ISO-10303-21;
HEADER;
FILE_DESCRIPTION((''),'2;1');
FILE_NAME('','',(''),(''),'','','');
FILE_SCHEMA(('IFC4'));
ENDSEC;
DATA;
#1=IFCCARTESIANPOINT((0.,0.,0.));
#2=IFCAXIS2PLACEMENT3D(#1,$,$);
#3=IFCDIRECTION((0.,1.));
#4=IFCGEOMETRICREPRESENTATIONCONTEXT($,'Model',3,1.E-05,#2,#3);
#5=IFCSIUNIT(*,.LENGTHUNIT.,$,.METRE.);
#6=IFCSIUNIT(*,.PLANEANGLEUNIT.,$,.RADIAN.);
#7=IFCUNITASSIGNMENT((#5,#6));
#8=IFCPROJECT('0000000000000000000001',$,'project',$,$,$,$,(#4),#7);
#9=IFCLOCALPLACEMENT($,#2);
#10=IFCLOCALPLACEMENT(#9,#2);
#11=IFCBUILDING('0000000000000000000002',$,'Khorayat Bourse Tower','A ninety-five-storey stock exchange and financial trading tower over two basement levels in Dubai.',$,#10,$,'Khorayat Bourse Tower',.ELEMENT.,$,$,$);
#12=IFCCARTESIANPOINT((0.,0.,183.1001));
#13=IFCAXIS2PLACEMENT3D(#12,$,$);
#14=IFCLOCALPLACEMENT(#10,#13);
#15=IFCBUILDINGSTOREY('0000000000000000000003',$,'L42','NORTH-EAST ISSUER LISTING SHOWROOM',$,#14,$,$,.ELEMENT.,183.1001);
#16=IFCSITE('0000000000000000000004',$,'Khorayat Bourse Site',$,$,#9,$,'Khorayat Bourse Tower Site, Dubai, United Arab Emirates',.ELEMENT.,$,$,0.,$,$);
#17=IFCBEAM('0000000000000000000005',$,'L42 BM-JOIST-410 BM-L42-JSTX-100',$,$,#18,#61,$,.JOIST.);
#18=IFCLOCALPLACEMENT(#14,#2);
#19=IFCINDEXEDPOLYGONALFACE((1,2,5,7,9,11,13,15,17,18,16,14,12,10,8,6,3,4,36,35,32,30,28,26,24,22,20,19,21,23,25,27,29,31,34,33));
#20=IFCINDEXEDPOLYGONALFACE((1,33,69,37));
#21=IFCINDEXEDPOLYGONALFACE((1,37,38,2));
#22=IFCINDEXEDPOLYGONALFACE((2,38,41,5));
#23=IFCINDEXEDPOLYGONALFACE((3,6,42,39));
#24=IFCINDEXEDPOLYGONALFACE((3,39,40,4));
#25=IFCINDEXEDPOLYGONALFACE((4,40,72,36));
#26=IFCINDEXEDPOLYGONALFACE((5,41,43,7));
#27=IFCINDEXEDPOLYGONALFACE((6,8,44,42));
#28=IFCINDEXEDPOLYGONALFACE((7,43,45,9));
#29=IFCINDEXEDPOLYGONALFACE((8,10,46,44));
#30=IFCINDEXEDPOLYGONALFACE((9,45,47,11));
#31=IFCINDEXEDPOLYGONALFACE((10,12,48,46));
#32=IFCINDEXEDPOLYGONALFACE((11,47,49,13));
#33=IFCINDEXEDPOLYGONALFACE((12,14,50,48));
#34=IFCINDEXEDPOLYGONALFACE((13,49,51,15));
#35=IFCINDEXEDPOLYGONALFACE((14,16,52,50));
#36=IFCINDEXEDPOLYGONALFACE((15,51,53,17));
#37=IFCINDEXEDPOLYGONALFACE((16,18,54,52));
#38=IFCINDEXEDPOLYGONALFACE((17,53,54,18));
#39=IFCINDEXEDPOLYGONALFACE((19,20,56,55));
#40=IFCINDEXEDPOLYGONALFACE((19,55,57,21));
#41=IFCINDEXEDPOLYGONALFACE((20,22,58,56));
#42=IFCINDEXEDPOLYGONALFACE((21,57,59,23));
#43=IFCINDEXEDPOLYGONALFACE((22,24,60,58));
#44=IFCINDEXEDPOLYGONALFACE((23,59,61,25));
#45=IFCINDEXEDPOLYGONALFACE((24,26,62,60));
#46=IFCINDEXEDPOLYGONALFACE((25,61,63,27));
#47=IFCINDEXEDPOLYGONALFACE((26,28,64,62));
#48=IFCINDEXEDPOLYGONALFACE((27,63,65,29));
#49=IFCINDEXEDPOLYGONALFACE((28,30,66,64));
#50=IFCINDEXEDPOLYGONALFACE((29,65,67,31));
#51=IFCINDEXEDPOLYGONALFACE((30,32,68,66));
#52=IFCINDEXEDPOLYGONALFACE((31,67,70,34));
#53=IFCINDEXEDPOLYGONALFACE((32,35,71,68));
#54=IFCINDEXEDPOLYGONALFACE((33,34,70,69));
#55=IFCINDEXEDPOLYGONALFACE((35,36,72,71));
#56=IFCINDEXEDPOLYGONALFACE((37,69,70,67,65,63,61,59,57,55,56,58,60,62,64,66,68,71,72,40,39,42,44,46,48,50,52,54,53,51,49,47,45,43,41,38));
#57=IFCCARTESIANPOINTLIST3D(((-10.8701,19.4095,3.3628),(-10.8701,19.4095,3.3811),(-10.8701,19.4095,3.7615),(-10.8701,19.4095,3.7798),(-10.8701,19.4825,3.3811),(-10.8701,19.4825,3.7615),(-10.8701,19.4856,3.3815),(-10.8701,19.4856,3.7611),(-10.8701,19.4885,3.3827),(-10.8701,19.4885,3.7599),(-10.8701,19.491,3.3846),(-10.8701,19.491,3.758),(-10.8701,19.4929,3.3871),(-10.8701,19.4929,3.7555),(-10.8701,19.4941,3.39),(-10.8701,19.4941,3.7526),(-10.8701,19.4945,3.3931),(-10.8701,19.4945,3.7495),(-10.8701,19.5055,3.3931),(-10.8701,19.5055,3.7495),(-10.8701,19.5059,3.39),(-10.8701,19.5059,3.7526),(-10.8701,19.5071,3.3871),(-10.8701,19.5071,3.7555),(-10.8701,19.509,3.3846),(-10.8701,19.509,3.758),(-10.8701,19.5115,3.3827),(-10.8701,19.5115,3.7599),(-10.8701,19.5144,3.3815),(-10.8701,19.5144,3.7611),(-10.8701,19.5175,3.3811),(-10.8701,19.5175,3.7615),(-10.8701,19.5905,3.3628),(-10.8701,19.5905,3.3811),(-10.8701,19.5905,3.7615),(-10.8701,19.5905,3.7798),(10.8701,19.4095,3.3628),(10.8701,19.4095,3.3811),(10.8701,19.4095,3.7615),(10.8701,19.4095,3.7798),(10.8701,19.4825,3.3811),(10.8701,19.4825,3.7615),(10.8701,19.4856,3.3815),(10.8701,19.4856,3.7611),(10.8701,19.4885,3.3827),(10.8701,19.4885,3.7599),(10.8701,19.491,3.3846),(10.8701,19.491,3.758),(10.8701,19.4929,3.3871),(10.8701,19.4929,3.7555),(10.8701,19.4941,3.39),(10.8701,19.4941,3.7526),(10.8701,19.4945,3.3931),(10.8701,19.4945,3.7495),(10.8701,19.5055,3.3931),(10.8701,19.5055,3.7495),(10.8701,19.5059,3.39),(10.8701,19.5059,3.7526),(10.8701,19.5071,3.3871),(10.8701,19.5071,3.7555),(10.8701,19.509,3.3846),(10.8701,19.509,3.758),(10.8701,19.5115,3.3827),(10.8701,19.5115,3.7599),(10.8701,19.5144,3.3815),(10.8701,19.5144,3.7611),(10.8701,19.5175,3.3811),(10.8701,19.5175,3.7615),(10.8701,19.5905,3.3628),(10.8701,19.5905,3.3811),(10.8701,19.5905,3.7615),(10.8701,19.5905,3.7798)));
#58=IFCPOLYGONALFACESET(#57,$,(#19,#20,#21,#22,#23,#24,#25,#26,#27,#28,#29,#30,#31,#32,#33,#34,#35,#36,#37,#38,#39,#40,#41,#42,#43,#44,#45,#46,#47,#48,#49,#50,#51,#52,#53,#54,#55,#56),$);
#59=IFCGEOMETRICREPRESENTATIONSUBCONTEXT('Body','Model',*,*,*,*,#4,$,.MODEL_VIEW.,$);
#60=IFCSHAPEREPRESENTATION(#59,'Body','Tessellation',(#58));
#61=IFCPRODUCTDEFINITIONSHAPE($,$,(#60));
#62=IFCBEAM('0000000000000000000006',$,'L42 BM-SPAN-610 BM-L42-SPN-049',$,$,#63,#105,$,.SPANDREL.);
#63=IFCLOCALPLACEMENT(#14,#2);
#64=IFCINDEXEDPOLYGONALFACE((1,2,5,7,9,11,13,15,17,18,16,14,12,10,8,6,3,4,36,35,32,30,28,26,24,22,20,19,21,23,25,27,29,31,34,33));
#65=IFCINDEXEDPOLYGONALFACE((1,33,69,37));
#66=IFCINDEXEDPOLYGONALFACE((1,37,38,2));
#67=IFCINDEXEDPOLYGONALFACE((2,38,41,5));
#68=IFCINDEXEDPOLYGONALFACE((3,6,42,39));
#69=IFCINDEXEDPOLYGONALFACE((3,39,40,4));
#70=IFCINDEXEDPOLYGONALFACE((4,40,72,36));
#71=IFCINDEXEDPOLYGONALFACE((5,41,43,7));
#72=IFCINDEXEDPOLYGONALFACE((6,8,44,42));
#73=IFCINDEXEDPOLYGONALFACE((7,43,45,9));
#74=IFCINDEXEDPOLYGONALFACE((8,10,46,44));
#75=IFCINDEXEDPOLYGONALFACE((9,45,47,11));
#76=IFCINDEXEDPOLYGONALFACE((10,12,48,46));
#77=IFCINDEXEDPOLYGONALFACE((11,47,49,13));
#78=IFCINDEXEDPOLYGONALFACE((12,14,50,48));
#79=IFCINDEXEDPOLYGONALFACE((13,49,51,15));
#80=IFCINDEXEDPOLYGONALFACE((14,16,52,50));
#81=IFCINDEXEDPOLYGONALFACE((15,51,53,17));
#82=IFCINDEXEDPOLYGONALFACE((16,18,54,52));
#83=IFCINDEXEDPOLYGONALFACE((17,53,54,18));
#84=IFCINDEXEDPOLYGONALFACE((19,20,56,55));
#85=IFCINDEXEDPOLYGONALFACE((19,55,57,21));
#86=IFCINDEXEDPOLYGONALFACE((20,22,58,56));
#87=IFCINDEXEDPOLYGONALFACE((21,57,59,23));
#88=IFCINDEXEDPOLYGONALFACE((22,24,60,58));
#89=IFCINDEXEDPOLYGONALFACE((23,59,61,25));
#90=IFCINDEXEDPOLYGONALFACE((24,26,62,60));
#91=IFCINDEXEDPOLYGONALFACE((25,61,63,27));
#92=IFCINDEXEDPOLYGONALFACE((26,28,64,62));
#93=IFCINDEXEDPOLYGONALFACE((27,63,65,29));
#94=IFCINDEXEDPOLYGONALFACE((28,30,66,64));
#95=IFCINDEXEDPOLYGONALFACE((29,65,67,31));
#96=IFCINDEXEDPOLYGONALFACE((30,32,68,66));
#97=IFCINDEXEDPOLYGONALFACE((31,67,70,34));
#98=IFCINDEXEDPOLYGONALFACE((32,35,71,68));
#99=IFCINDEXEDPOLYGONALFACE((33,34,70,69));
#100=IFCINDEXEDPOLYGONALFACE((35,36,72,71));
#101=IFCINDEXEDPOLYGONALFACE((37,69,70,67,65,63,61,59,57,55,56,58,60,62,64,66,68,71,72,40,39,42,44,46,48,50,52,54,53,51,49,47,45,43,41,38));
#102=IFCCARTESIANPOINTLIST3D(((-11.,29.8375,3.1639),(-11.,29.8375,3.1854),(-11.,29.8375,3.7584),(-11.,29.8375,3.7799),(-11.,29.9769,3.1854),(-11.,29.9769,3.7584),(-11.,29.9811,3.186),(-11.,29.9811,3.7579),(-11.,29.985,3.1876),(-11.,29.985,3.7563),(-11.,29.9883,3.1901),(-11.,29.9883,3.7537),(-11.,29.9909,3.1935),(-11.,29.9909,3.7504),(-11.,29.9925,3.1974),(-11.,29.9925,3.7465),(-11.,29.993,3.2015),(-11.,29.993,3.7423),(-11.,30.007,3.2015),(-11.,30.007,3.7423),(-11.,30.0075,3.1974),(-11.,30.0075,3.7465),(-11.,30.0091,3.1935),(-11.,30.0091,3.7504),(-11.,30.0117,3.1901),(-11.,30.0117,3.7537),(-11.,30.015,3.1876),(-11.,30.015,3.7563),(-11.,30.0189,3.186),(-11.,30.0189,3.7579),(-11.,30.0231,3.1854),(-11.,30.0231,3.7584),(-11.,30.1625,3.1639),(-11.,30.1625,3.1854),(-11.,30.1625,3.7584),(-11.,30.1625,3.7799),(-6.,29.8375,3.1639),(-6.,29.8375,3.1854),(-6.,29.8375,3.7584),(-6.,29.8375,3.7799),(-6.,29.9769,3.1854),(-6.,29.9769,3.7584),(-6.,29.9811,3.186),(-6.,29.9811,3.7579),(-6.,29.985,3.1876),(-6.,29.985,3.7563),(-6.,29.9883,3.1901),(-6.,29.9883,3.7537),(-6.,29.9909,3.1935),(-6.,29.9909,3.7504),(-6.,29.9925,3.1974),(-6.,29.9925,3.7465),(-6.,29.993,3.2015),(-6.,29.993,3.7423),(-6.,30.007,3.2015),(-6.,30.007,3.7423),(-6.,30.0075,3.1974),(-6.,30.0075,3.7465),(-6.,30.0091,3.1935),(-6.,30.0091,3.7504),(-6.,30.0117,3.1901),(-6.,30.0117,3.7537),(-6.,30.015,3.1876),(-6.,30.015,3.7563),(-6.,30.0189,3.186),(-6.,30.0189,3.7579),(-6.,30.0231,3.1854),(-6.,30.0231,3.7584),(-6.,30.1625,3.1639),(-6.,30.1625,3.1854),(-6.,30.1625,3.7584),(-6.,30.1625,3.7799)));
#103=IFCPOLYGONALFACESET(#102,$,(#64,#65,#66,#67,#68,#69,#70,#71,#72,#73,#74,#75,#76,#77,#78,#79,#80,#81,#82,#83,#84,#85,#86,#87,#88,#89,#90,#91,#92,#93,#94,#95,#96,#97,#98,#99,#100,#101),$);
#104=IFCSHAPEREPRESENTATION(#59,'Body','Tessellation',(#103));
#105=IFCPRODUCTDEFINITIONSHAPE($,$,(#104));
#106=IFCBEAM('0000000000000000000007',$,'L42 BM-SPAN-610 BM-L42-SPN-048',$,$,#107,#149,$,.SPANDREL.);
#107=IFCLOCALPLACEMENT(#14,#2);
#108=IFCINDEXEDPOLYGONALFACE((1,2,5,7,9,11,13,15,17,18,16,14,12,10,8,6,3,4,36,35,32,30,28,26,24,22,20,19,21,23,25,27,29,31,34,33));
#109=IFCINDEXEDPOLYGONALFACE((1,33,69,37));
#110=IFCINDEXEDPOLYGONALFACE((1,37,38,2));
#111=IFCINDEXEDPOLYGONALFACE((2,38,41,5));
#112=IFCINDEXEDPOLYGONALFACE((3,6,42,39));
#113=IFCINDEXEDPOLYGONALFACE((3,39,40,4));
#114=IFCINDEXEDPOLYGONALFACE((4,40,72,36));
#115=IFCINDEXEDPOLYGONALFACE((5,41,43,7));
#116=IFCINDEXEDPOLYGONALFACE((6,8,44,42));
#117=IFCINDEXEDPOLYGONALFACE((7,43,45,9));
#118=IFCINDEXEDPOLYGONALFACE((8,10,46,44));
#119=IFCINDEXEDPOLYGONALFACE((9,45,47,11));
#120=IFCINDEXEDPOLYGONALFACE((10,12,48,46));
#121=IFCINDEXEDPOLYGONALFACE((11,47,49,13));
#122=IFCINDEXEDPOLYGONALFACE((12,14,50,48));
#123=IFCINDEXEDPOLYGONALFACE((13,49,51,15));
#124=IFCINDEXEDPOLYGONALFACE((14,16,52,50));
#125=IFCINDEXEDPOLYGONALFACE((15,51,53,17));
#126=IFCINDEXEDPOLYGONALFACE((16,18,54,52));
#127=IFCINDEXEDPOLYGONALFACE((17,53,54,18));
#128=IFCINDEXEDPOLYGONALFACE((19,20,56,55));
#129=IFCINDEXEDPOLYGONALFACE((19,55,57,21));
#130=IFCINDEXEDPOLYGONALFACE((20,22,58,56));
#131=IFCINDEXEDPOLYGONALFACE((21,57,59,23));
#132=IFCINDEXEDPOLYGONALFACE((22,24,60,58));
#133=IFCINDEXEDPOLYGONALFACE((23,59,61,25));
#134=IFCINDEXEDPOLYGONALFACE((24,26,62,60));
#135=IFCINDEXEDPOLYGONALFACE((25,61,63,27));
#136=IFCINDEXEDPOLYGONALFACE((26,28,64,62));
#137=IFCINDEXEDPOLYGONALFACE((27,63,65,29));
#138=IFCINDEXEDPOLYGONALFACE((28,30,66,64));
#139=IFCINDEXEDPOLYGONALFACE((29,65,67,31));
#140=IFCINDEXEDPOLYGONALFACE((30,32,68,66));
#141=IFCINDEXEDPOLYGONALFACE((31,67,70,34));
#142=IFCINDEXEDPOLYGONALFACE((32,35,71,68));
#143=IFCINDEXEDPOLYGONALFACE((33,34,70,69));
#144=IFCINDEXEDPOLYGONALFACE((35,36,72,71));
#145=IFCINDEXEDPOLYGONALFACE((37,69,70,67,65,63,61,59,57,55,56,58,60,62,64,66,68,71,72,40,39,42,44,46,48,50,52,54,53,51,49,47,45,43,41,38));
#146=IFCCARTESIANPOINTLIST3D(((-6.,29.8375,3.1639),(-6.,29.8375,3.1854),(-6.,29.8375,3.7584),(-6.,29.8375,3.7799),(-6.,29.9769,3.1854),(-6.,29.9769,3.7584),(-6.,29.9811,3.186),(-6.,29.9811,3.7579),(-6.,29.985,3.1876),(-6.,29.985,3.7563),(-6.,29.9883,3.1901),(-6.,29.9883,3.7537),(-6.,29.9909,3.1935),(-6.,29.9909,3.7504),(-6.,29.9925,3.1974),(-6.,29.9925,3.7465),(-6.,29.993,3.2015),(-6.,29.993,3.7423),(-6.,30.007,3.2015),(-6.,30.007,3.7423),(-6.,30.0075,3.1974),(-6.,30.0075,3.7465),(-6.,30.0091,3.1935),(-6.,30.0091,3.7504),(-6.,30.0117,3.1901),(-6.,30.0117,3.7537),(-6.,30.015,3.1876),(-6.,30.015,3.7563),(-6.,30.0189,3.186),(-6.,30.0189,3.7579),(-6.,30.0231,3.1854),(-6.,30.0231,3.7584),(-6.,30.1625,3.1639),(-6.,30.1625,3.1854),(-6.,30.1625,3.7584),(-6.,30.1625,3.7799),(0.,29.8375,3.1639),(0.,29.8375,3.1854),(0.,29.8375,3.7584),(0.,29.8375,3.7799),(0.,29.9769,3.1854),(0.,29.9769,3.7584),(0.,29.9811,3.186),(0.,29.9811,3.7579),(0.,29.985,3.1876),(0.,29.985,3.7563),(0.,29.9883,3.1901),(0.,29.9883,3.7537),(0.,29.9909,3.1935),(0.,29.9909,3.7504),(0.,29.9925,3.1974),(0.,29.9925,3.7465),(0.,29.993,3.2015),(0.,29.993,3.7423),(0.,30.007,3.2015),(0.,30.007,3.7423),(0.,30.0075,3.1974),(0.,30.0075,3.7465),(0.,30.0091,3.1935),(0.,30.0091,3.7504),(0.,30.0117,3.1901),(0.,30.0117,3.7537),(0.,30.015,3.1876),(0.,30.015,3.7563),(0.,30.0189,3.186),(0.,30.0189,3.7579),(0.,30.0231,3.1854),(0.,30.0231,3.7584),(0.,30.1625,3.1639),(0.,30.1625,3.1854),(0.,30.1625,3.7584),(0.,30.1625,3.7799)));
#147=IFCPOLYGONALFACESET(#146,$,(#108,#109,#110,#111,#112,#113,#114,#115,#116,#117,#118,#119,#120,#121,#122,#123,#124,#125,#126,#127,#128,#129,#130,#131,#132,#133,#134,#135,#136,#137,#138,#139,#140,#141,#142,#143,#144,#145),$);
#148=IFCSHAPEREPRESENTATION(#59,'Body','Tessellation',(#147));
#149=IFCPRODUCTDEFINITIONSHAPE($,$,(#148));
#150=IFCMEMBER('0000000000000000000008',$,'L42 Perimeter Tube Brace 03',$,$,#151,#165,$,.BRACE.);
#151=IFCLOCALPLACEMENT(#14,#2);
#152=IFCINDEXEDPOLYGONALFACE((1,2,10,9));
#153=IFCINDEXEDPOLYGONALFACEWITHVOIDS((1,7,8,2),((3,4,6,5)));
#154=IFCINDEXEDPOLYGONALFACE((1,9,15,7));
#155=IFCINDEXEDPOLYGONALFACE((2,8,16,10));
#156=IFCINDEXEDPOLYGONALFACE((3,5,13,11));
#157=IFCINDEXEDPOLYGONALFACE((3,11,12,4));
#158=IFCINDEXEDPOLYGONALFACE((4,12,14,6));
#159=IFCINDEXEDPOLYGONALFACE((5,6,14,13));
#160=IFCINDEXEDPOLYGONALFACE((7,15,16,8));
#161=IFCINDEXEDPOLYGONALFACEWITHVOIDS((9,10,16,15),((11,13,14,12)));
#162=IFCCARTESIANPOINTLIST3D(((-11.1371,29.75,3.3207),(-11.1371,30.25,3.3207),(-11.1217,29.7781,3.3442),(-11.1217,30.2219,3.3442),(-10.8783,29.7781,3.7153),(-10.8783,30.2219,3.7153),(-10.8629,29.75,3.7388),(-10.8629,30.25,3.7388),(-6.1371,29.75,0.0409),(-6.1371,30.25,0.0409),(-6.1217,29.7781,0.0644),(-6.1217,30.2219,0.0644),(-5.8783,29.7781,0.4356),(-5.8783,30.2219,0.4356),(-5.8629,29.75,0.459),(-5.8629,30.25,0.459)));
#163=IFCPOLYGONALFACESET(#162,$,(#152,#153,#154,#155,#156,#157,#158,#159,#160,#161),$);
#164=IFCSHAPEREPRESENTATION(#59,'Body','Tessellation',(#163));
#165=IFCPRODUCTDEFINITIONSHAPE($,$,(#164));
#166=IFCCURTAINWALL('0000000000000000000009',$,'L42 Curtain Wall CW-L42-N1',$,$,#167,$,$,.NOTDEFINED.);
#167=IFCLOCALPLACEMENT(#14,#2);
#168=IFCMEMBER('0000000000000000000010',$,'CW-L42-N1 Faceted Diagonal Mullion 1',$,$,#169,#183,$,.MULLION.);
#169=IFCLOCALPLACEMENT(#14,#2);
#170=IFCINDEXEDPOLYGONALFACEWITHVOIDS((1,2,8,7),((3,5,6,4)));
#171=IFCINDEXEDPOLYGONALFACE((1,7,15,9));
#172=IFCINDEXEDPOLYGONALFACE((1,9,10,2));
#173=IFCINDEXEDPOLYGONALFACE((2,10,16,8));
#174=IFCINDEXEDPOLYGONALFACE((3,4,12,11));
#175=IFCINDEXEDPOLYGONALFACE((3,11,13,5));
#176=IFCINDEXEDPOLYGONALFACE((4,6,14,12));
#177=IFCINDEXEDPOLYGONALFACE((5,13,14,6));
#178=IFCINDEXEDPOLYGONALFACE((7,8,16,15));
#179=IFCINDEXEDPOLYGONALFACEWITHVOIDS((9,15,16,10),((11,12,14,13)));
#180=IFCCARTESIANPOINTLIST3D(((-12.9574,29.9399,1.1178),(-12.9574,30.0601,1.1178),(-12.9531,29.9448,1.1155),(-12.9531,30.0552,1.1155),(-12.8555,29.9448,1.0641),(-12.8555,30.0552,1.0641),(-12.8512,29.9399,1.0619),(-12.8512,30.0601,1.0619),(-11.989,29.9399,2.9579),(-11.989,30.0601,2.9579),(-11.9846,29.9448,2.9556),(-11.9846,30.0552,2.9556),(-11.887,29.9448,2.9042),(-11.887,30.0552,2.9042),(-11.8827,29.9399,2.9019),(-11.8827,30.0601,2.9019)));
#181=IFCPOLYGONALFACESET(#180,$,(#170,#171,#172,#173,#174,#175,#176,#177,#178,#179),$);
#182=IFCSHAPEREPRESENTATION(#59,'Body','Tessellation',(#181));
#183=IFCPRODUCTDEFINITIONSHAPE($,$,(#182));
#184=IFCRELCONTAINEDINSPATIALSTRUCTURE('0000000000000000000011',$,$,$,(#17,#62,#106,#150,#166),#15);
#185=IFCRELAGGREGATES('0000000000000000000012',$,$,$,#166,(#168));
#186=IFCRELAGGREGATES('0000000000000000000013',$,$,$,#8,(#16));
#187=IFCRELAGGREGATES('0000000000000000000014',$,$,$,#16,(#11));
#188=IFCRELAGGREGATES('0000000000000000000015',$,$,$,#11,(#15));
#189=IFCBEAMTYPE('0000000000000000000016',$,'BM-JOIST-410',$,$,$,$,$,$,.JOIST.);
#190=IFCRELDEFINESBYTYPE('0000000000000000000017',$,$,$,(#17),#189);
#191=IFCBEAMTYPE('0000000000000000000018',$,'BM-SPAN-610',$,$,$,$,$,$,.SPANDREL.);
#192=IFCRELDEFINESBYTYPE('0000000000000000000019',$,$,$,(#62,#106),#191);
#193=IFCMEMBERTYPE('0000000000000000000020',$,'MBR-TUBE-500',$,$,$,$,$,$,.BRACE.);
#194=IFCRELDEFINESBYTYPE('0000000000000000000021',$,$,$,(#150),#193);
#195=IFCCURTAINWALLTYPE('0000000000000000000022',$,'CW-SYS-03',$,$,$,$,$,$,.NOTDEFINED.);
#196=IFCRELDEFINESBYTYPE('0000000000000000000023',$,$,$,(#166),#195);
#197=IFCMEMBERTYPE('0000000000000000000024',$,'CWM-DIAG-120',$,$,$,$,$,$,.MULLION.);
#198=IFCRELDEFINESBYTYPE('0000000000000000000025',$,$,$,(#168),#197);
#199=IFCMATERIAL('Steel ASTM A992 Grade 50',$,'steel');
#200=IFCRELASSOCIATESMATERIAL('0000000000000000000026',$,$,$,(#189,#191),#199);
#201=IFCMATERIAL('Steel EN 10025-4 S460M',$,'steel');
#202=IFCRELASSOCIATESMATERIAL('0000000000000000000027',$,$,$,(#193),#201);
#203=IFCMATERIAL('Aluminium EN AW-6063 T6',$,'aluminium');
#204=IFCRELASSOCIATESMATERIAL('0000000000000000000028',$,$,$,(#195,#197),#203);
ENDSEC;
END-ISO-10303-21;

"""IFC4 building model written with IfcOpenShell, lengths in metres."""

from ifc_helpers import new_model, si_unit, direction, frame, origin, origin_2d, place, context, subcontext, project, spatial, hollow_rectangle, i_section, extrude, source, transform, mapped, material, material_profile, profile_set, type_object, element, aggregate, save


model = new_model("IFC4")

# Units and contexts
model_context = context("Model", 3, precision=1e-05, world=origin(), true_north=direction((0.0, 1.0)))
body_context = subcontext(model_context, "Body", "Model", "MODEL_VIEW")
ifc_project = project(units=[si_unit("LENGTHUNIT", "METRE"), si_unit("PLANEANGLEUNIT", "RADIAN")], contexts=[model_context])

# Site, building, storey
site_placement = place(None, origin())
site = spatial("IfcSite", under=ifc_project, at=site_placement, Name="Khorayat Bourse Site", LongName="Khorayat Bourse Tower Site, Dubai, United Arab Emirates", CompositionType="ELEMENT", RefElevation=0.0)
building_placement = place(site_placement, origin())
building = spatial("IfcBuilding", under=site, at=building_placement, Name="Khorayat Bourse Tower", Description="A ninety-five-storey stock exchange and financial trading tower over two basement levels in Dubai.", LongName="Khorayat Bourse Tower", CompositionType="ELEMENT")
storey_placement = place(building_placement, frame((0.0, 0.0, 183.1001)))
storey = spatial("IfcBuildingStorey", under=building, at=storey_placement, Name="L42", Description="NORTH-EAST ISSUER LISTING SHOWROOM", CompositionType="ELEMENT", Elevation=183.1001)

# Shared definitions
ifc_material_1 = material(Name="Steel EN 10025-4 S460M", Category="steel")

# Beams
ifc_material_2 = material(Name="Steel ASTM A992 Grade 50", Category="steel")
ifc_material_profile_1 = material_profile(ifc_material_2, i_section(OverallWidth=0.1809, OverallDepth=0.417, WebThickness=0.011, FlangeThickness=0.0183, FilletRadius=0.012, at=origin_2d()), Name="W410X85")
ifc_profile_set_1 = profile_set([ifc_material_profile_1], Name="Steel ASTM A992 Grade 50")
beam_type_1 = type_object("IfcBeamType", Name="BM-JOIST-410", PredefinedType="JOIST", material=ifc_profile_set_1)
shared_shape_1 = source(origin(), body_context, "Body", "SweptSolid", [
    extrude(i_section(OverallWidth=0.1809, OverallDepth=0.417, WebThickness=0.011, FlangeThickness=0.0183, FilletRadius=0.012, at=origin_2d()), origin(), (0.0, 0.0, 1.0), 21.7402),
])
beam_1_placement = place(storey_placement, frame((-10.8701, 19.5, 3.5713), z_axis=(1.0, 0.0, 0.0), x_axis=(0.0, 1.0, 0.0)))
element("IfcBeam", 1, at=beam_1_placement, inside=storey, type_object=beam_type_1, Name="L42 BM-JOIST-410 BM-L42-JSTX-100", PredefinedType="JOIST", context=body_context, shape_type="MappedRepresentation", body=[
    mapped(shared_shape_1, transform((0.0, 0.0, 0.0), scale=1.0)),
])
ifc_material_profile_2 = material_profile(ifc_material_2, i_section(OverallWidth=0.325, OverallDepth=0.616, WebThickness=0.0139, FlangeThickness=0.0215, FilletRadius=0.0161, at=origin_2d()), Name="W610X174")
ifc_profile_set_2 = profile_set([ifc_material_profile_2], Name="Steel ASTM A992 Grade 50")
beam_type_2 = type_object("IfcBeamType", Name="BM-SPAN-610", PredefinedType="SPANDREL", material=ifc_profile_set_2)
shared_shape_2 = source(origin(), body_context, "Body", "SweptSolid", [
    extrude(i_section(OverallWidth=0.325, OverallDepth=0.616, WebThickness=0.0139, FlangeThickness=0.0215, FilletRadius=0.0161, at=origin_2d()), origin(), (0.0, 0.0, 1.0), 5.0),
])
beam_2_placement = place(storey_placement, frame((-11.0, 30.0, 3.4719), z_axis=(1.0, 0.0, 0.0), x_axis=(0.0, 1.0, 0.0)))
element("IfcBeam", 2, at=beam_2_placement, inside=storey, type_object=beam_type_2, Name="L42 BM-SPAN-610 BM-L42-SPN-049", PredefinedType="SPANDREL", context=body_context, shape_type="MappedRepresentation", body=[
    mapped(shared_shape_2, transform((0.0, 0.0, 0.0), scale=1.0)),
])
shared_shape_3 = source(origin(), body_context, "Body", "SweptSolid", [
    extrude(i_section(OverallWidth=0.325, OverallDepth=0.616, WebThickness=0.0139, FlangeThickness=0.0215, FilletRadius=0.0161, at=origin_2d()), origin(), (0.0, 0.0, 1.0), 6.0),
])
beam_3_placement = place(storey_placement, frame((-6.0, 30.0, 3.4719), z_axis=(1.0, 0.0, 0.0), x_axis=(0.0, 1.0, 0.0)))
element("IfcBeam", 3, at=beam_3_placement, inside=storey, type_object=beam_type_2, Name="L42 BM-SPAN-610 BM-L42-SPN-048", PredefinedType="SPANDREL", context=body_context, shape_type="MappedRepresentation", body=[
    mapped(shared_shape_3, transform((0.0, 0.0, 0.0), scale=1.0)),
])

# Member
ifc_material_profile_3 = material_profile(ifc_material_1, hollow_rectangle(XDim=0.5, YDim=0.5, WallThickness=0.0281, at=origin_2d()), Name="HSS 500x500x28")
ifc_profile_set_3 = profile_set([ifc_material_profile_3], Name="Steel EN 10025-4 S460M")
member_type_1 = type_object("IfcMemberType", Name="MBR-TUBE-500", PredefinedType="BRACE", material=ifc_profile_set_3)
shared_shape_4 = source(origin(), body_context, "Body", "SweptSolid", [
    extrude(hollow_rectangle(XDim=0.5, YDim=0.5, WallThickness=0.0281, at=origin_2d()), origin(), (0.0, 0.0, 1.0), 5.9797),
])
member_1_placement = place(storey_placement, frame((-11.0, 30.0, 3.5298), z_axis=(0.83616, 0.0, -0.548485), x_axis=(0.0, 1.0, 0.0)))
element("IfcMember", 4, at=member_1_placement, inside=storey, type_object=member_type_1, Name="L42 Perimeter Tube Brace 03", PredefinedType="BRACE", context=body_context, shape_type="MappedRepresentation", body=[
    mapped(shared_shape_4, transform((0.0, 0.0, 0.0), scale=1.0)),
])

# Curtain wall, member
ifc_material_3 = material(Name="Aluminium EN AW-6063 T6", Category="aluminium")
curtain_wall_type = type_object("IfcCurtainWallType", Name="CW-SYS-03", PredefinedType="NOTDEFINED", material=ifc_material_3)
curtain_wall_placement = place(storey_placement, origin())
curtain_wall = element("IfcCurtainWall", 5, at=curtain_wall_placement, inside=storey, type_object=curtain_wall_type, Name="L42 Curtain Wall CW-L42-N1", PredefinedType="NOTDEFINED")
ifc_material_profile_4 = material_profile(ifc_material_3, hollow_rectangle(XDim=0.1201, YDim=0.1201, WallThickness=0.0049, at=origin_2d()), Name="ALU 120x120x5")
ifc_profile_set_4 = profile_set([ifc_material_profile_4], Name="Aluminium EN AW-6063 T6")
member_type_2 = type_object("IfcMemberType", Name="CWM-DIAG-120", PredefinedType="MULLION", material=ifc_profile_set_4)
shared_shape_5 = source(origin(), body_context, "Body", "SweptSolid", [
    extrude(hollow_rectangle(XDim=0.1201, YDim=0.1201, WallThickness=0.0049, at=origin_2d()), origin(), (0.0, 0.0, 1.0), 2.0793),
])
member_2_placement = place(storey_placement, frame((-12.9043, 30.0, 1.0898), z_axis=(0.465761, 0.0, 0.884911), x_axis=(0.0, 1.0, 0.0)))
member_2 = element("IfcMember", 6, at=member_2_placement, type_object=member_type_2, Name="CW-L42-N1 Faceted Diagonal Mullion 1", PredefinedType="MULLION", context=body_context, shape_type="MappedRepresentation", body=[
    mapped(shared_shape_5, transform((0.0, 0.0, 0.0), scale=1.0)),
])

aggregate(curtain_wall, [member_2])

save(model, "model.ifc")
